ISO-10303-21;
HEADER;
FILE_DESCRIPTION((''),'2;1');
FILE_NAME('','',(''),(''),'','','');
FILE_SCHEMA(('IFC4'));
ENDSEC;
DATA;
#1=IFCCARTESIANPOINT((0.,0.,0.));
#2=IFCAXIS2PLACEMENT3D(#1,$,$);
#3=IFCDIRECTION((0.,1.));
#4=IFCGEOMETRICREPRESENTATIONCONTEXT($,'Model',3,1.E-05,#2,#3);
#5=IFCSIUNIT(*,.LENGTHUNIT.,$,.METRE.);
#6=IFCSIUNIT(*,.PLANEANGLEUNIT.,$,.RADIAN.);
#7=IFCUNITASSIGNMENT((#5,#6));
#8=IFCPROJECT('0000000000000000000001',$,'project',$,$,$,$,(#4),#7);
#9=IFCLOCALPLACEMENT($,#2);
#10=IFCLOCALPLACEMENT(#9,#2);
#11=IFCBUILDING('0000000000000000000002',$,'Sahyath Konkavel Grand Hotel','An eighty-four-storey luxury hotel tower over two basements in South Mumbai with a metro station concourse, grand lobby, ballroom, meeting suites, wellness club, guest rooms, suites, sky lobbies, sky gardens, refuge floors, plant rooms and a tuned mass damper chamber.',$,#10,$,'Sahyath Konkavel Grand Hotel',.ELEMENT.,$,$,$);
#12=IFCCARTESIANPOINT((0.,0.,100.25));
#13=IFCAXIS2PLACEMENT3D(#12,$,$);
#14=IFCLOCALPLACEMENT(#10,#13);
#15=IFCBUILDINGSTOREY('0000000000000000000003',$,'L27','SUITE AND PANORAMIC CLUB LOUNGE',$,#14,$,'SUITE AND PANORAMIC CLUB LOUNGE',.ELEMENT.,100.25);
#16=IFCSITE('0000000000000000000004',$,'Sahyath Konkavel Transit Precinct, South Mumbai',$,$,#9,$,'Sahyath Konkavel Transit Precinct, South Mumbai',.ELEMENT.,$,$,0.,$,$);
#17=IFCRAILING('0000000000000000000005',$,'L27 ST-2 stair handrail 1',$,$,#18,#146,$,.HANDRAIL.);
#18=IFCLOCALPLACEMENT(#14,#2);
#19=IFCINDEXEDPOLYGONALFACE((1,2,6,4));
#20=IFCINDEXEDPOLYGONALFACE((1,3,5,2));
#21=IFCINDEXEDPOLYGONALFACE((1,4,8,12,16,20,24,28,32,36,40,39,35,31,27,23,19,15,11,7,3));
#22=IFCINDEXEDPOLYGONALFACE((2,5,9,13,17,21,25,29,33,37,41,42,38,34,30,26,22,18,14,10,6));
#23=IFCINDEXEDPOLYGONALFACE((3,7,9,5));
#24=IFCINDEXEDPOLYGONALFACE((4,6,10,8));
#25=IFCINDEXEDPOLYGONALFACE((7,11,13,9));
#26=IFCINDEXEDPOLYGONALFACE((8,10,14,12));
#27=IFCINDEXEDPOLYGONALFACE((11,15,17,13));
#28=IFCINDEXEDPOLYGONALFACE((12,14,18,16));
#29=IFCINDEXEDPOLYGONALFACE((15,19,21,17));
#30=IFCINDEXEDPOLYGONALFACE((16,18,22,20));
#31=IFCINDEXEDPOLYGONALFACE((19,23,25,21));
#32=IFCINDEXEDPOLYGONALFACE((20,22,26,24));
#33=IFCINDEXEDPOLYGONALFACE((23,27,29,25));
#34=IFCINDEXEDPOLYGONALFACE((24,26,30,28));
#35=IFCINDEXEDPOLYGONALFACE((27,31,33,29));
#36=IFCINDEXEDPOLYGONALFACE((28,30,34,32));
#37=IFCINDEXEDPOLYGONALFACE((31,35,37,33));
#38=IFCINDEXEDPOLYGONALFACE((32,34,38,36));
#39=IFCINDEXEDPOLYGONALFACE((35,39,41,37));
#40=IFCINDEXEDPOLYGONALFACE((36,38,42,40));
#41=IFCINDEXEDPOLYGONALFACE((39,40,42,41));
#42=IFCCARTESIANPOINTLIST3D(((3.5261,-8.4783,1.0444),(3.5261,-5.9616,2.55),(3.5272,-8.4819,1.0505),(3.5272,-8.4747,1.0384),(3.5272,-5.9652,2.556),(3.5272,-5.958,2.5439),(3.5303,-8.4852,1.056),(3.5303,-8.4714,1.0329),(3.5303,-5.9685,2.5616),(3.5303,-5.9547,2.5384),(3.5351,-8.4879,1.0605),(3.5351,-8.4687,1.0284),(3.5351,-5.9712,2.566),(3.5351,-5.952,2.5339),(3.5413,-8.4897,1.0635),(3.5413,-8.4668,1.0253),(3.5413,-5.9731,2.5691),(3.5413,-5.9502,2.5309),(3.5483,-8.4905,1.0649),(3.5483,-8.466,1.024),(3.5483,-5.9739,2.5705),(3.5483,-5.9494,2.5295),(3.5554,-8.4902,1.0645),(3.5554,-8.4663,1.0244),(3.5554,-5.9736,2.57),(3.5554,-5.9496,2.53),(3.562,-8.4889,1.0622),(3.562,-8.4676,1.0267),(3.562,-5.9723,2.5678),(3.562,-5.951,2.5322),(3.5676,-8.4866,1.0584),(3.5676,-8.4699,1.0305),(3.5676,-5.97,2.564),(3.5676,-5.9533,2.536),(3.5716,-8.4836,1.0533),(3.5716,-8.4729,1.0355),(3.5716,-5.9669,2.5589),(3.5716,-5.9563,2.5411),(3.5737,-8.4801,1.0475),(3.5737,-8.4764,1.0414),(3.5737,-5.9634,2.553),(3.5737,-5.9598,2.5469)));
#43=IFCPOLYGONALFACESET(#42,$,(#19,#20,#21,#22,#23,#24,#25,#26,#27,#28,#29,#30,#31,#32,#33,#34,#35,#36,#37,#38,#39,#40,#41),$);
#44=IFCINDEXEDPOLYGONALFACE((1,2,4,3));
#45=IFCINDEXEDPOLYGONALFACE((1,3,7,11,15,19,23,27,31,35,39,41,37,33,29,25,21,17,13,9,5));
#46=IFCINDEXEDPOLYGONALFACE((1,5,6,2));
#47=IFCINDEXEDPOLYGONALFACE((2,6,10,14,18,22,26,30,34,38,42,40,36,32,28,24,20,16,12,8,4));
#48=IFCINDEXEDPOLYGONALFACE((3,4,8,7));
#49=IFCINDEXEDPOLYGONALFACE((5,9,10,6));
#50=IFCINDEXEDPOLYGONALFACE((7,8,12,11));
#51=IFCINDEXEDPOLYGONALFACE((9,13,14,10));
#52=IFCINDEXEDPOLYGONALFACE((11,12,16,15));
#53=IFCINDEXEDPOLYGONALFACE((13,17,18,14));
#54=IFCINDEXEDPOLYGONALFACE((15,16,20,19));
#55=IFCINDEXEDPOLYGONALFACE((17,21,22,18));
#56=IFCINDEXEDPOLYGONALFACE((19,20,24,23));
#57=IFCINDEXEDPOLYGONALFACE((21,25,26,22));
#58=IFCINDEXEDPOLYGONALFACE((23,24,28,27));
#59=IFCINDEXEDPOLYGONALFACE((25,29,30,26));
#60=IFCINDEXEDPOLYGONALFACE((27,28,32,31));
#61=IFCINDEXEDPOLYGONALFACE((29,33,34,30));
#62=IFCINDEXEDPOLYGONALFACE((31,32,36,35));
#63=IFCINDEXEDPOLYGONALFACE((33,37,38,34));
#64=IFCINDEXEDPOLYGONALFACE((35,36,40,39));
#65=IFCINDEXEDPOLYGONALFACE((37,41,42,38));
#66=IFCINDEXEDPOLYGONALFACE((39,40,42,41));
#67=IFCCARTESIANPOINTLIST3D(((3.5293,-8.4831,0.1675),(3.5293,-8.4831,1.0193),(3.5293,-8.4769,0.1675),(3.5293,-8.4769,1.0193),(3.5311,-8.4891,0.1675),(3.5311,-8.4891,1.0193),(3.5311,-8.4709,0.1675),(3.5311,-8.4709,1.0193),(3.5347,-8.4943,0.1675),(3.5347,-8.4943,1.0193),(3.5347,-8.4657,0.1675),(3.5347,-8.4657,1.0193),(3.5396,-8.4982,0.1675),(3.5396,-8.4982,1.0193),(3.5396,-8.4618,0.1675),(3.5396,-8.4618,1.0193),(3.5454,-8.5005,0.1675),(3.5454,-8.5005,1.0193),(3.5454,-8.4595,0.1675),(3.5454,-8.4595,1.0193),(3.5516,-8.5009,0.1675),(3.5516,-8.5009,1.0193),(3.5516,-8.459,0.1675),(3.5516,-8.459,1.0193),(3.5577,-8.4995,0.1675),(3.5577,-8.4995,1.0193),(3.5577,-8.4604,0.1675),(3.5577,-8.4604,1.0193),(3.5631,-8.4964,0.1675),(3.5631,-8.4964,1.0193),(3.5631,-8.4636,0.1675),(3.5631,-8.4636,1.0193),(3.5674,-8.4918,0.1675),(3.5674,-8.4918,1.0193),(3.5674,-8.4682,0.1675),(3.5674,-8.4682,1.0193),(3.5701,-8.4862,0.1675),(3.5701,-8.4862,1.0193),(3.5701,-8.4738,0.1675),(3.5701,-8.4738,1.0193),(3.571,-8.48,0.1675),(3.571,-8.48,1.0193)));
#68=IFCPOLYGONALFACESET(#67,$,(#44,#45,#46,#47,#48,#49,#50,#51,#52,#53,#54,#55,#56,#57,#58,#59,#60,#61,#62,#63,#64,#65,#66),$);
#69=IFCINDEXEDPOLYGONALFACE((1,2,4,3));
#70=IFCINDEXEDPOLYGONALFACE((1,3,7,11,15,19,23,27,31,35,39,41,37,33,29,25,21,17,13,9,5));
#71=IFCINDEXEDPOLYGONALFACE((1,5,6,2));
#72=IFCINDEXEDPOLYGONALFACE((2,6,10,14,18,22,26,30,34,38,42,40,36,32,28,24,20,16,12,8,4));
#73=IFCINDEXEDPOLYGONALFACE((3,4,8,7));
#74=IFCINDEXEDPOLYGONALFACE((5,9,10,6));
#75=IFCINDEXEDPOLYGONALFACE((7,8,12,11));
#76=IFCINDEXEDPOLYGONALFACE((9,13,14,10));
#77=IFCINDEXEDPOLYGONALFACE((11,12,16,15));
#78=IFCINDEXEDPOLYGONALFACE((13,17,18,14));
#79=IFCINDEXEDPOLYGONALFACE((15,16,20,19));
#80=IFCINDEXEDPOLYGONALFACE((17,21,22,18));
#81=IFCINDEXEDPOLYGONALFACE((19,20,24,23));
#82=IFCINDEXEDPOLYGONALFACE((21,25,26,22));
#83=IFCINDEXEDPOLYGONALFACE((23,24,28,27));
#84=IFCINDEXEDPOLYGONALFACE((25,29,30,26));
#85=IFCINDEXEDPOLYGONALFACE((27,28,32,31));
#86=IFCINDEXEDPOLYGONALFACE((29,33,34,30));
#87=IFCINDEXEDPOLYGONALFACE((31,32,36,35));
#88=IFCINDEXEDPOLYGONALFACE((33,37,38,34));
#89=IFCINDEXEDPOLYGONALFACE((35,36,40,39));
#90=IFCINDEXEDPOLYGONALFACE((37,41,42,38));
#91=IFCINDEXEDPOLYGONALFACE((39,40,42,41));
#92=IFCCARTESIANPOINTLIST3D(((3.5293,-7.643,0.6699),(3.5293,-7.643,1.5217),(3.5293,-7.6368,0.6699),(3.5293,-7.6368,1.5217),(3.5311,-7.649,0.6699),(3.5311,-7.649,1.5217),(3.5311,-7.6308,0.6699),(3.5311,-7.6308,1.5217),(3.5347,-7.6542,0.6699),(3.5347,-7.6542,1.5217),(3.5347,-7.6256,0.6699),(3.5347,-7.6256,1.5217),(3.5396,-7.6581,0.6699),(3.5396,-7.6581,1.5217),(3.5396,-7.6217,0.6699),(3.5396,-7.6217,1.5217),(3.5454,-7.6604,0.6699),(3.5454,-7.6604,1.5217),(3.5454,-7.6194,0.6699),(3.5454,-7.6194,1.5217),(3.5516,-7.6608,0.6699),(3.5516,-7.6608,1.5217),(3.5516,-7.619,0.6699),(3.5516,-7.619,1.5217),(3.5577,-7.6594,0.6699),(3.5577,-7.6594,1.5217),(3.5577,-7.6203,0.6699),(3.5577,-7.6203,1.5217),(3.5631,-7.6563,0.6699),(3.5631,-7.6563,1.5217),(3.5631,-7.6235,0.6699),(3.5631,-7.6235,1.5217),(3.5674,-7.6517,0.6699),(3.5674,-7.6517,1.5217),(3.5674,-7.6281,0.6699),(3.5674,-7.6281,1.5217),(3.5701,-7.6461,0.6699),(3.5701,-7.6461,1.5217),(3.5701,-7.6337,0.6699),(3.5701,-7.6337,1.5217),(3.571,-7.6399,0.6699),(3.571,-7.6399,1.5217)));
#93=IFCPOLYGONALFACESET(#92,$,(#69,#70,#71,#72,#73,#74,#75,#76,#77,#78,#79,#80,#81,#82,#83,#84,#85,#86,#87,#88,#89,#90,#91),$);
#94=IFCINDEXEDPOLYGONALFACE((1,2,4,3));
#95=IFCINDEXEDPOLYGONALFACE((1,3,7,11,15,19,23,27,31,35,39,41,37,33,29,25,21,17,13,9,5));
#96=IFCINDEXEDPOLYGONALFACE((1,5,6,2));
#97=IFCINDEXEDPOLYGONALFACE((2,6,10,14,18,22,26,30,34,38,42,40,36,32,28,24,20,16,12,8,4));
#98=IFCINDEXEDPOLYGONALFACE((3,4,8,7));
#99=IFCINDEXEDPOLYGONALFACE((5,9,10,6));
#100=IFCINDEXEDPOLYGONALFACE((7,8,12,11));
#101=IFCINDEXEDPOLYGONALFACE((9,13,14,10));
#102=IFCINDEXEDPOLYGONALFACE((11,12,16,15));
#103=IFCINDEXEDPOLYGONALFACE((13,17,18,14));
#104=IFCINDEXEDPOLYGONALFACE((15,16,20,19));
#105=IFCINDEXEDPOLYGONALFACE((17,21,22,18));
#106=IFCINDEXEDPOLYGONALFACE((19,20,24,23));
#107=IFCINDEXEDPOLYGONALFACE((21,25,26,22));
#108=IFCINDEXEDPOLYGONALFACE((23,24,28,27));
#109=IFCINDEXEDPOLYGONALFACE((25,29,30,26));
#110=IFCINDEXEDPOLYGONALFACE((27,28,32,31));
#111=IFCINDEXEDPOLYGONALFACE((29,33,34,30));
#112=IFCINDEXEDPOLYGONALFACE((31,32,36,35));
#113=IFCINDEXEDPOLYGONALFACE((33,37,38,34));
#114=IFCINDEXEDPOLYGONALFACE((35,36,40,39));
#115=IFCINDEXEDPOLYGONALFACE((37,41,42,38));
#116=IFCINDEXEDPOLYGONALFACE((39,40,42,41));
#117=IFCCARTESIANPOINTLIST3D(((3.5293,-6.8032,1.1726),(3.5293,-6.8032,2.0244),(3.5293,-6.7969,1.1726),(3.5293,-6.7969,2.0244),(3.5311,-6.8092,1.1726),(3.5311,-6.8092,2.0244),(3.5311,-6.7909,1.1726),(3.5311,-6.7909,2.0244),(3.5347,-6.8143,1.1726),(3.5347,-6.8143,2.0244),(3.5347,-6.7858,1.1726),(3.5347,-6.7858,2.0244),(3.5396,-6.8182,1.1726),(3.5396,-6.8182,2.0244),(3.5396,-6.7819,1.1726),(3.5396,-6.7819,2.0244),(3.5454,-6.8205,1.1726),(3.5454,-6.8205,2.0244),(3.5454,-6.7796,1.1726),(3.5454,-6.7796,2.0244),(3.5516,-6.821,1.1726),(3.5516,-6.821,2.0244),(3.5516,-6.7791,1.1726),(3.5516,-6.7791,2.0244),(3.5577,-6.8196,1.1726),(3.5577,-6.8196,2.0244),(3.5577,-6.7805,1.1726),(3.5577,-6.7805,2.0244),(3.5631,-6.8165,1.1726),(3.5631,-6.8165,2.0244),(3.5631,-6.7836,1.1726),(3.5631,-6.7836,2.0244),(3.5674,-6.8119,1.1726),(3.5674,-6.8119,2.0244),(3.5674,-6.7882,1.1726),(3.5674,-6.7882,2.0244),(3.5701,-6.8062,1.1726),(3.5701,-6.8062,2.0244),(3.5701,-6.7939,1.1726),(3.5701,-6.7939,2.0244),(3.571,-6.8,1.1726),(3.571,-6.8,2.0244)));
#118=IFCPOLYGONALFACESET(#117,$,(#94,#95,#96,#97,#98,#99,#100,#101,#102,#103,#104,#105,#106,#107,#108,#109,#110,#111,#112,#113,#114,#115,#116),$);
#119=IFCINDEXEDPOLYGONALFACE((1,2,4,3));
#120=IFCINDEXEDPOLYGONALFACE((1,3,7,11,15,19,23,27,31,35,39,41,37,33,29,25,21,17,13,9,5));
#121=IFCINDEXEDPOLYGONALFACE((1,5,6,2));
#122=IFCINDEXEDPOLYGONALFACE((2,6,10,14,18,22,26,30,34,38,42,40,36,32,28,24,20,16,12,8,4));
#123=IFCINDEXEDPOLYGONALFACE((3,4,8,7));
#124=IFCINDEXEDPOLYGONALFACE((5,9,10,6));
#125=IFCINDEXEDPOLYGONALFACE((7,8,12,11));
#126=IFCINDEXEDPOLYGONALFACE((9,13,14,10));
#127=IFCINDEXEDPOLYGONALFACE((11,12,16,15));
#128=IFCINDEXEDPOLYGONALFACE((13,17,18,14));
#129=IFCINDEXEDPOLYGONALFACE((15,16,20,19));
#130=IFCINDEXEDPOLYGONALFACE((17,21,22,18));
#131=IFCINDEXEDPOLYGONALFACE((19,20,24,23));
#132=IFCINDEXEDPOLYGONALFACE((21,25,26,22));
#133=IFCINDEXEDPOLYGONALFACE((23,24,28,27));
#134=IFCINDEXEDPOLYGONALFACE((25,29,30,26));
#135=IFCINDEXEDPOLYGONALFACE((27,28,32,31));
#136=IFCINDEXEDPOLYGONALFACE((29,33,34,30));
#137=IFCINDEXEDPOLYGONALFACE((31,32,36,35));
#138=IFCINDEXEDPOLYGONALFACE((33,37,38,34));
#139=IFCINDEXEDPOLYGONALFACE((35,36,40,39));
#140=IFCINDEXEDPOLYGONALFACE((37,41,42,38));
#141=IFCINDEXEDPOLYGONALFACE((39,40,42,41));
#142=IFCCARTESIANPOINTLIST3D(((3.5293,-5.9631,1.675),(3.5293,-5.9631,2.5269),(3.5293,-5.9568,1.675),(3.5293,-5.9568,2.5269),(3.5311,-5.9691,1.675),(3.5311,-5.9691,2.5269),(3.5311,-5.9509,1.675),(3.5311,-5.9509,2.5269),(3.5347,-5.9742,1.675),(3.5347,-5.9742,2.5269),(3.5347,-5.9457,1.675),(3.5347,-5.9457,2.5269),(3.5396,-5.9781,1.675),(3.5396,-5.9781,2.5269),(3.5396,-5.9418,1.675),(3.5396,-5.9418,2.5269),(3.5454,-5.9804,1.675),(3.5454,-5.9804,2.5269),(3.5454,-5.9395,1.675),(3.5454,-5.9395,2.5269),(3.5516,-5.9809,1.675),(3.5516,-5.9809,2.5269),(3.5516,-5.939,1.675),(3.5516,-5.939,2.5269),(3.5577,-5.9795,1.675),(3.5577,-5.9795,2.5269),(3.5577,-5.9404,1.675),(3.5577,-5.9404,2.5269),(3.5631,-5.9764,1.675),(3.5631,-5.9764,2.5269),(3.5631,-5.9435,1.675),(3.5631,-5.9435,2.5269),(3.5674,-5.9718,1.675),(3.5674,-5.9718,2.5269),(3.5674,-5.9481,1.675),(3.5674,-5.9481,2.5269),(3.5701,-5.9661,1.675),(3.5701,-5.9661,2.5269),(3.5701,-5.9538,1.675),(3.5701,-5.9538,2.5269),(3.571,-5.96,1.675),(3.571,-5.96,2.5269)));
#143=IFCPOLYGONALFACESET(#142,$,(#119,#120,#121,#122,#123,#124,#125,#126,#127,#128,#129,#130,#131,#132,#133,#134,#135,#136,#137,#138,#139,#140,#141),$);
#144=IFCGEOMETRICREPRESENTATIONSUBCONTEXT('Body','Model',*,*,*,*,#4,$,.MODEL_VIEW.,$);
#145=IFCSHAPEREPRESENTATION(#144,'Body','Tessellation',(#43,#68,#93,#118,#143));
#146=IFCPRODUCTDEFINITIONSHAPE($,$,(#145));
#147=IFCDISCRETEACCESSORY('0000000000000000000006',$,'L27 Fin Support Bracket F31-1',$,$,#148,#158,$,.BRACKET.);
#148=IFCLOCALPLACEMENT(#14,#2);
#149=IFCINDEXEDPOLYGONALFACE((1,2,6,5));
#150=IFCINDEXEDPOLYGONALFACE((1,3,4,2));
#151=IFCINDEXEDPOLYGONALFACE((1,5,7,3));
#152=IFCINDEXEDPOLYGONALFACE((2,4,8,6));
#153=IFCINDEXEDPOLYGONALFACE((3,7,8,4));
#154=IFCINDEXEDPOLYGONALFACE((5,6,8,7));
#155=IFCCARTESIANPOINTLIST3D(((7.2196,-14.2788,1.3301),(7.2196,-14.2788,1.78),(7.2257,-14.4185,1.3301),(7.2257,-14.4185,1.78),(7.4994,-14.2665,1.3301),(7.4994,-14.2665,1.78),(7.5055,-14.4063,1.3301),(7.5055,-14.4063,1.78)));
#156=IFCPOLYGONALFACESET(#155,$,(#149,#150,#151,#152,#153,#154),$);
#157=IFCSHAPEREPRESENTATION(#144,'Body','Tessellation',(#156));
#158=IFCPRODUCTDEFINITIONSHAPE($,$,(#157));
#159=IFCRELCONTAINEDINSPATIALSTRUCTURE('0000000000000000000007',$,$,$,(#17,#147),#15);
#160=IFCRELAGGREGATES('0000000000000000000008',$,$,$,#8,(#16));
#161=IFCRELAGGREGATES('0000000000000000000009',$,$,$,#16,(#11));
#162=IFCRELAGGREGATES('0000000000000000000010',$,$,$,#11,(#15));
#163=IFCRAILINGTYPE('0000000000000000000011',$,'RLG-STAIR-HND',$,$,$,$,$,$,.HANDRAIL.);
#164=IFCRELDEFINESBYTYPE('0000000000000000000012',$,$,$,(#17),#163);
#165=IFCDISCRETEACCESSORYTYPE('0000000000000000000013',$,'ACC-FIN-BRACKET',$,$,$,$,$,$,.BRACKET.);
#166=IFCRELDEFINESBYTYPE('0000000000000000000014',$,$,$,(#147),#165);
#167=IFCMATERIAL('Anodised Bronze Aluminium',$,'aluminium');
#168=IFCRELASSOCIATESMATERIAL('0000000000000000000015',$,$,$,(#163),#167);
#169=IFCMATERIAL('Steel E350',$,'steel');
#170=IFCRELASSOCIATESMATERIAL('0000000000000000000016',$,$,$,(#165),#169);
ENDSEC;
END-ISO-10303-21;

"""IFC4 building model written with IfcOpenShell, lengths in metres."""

from ifc_helpers import new_model, si_unit, direction, frame, origin, origin_2d, place, context, subcontext, project, spatial, rectangle, circle, extrude, source, transform, mapped, material, type_object, element, save


model = new_model("IFC4")

# Units and contexts
model_context = context("Model", 3, precision=1e-05, world=origin(), true_north=direction((0.0, 1.0)))
body_context = subcontext(model_context, "Body", "Model", "MODEL_VIEW")
ifc_project = project(units=[si_unit("LENGTHUNIT", "METRE"), si_unit("PLANEANGLEUNIT", "RADIAN")], contexts=[model_context])

# Site, building, storey
site_placement = place(None, origin())
site = spatial("IfcSite", under=ifc_project, at=site_placement, Name="Sahyath Konkavel Transit Precinct, South Mumbai", LongName="Sahyath Konkavel Transit Precinct, South Mumbai", CompositionType="ELEMENT", RefElevation=0.0)
building_placement = place(site_placement, origin())
building = spatial("IfcBuilding", under=site, at=building_placement, Name="Sahyath Konkavel Grand Hotel", Description="An eighty-four-storey luxury hotel tower over two basements in South Mumbai with a metro station concourse, grand lobby, ballroom, meeting suites, wellness club, guest rooms, suites, sky lobbies, sky gardens, refuge floors, plant rooms and a tuned mass damper chamber.", LongName="Sahyath Konkavel Grand Hotel", CompositionType="ELEMENT")
storey_placement = place(building_placement, frame((0.0, 0.0, 100.25)))
storey = spatial("IfcBuildingStorey", under=building, at=storey_placement, Name="L27", Description="SUITE AND PANORAMIC CLUB LOUNGE", LongName="SUITE AND PANORAMIC CLUB LOUNGE", CompositionType="ELEMENT", Elevation=100.25)

# Shared definitions
ifc_material_1 = material(Name="Steel E350", Category="steel")

# Shared definitions
ifc_material_2 = material(Name="Anodised Bronze Aluminium", Category="aluminium")

# Railing
railing_type_1 = type_object("IfcRailingType", Name="RLG-STAIR-HND", PredefinedType="HANDRAIL", material=ifc_material_2)
railing_1_placement = place(storey_placement, frame((3.55, -8.48, 0.1675)))
element("IfcRailing", 1, at=railing_1_placement, inside=storey, type_object=railing_type_1, Name="L27 ST-2 stair handrail 1", PredefinedType="HANDRAIL", context=body_context, shape_type="SweptSolid", body=[
    extrude(circle(Radius=0.0239, at=origin_2d()), frame((0.0, 0.0017, 0.877), z_axis=(0.0, 0.85816, 0.513383), x_axis=(-1.0, 0.0, 0.0)), (0.0, 0.0, 1.0), 2.9326),
    extrude(circle(Radius=0.021, at=origin_2d()), origin(), (0.0, 0.0, 1.0), 0.8518),
    extrude(circle(Radius=0.021, at=origin_2d()), frame((0.0, 0.8401, 0.5024)), (0.0, 0.0, 1.0), 0.8518),
    extrude(circle(Radius=0.021, at=origin_2d()), frame((0.0, 1.6799, 1.0051)), (0.0, 0.0, 1.0), 0.8518),
    extrude(circle(Radius=0.021, at=origin_2d()), frame((0.0, 2.52, 1.5076)), (0.0, 0.0, 1.0), 0.8518),
])

# Discrete accessory
discrete_accessory_type = type_object("IfcDiscreteAccessoryType", Name="ACC-FIN-BRACKET", PredefinedType="BRACKET", material=ifc_material_1)
shared_shape_1 = source(origin(), body_context, "Body", "SweptSolid", [
    extrude(rectangle(XDim=0.28, YDim=0.1399, at=origin_2d()), origin(), (0.0, 0.0, 1.0), 0.45),
])
discrete_accessory_placement = place(storey_placement, frame((7.3625, -14.3425, 1.3301), z_axis=(0.0, 0.0, 1.0), x_axis=(0.999048, 0.043619, 0.0)))
element("IfcDiscreteAccessory", 2, at=discrete_accessory_placement, inside=storey, type_object=discrete_accessory_type, Name="L27 Fin Support Bracket F31-1", PredefinedType="BRACKET", context=body_context, shape_type="MappedRepresentation", body=[
    mapped(shared_shape_1, transform((0.0, 0.0, 0.0), scale=1.0)),
])

save(model, "model.ifc")
